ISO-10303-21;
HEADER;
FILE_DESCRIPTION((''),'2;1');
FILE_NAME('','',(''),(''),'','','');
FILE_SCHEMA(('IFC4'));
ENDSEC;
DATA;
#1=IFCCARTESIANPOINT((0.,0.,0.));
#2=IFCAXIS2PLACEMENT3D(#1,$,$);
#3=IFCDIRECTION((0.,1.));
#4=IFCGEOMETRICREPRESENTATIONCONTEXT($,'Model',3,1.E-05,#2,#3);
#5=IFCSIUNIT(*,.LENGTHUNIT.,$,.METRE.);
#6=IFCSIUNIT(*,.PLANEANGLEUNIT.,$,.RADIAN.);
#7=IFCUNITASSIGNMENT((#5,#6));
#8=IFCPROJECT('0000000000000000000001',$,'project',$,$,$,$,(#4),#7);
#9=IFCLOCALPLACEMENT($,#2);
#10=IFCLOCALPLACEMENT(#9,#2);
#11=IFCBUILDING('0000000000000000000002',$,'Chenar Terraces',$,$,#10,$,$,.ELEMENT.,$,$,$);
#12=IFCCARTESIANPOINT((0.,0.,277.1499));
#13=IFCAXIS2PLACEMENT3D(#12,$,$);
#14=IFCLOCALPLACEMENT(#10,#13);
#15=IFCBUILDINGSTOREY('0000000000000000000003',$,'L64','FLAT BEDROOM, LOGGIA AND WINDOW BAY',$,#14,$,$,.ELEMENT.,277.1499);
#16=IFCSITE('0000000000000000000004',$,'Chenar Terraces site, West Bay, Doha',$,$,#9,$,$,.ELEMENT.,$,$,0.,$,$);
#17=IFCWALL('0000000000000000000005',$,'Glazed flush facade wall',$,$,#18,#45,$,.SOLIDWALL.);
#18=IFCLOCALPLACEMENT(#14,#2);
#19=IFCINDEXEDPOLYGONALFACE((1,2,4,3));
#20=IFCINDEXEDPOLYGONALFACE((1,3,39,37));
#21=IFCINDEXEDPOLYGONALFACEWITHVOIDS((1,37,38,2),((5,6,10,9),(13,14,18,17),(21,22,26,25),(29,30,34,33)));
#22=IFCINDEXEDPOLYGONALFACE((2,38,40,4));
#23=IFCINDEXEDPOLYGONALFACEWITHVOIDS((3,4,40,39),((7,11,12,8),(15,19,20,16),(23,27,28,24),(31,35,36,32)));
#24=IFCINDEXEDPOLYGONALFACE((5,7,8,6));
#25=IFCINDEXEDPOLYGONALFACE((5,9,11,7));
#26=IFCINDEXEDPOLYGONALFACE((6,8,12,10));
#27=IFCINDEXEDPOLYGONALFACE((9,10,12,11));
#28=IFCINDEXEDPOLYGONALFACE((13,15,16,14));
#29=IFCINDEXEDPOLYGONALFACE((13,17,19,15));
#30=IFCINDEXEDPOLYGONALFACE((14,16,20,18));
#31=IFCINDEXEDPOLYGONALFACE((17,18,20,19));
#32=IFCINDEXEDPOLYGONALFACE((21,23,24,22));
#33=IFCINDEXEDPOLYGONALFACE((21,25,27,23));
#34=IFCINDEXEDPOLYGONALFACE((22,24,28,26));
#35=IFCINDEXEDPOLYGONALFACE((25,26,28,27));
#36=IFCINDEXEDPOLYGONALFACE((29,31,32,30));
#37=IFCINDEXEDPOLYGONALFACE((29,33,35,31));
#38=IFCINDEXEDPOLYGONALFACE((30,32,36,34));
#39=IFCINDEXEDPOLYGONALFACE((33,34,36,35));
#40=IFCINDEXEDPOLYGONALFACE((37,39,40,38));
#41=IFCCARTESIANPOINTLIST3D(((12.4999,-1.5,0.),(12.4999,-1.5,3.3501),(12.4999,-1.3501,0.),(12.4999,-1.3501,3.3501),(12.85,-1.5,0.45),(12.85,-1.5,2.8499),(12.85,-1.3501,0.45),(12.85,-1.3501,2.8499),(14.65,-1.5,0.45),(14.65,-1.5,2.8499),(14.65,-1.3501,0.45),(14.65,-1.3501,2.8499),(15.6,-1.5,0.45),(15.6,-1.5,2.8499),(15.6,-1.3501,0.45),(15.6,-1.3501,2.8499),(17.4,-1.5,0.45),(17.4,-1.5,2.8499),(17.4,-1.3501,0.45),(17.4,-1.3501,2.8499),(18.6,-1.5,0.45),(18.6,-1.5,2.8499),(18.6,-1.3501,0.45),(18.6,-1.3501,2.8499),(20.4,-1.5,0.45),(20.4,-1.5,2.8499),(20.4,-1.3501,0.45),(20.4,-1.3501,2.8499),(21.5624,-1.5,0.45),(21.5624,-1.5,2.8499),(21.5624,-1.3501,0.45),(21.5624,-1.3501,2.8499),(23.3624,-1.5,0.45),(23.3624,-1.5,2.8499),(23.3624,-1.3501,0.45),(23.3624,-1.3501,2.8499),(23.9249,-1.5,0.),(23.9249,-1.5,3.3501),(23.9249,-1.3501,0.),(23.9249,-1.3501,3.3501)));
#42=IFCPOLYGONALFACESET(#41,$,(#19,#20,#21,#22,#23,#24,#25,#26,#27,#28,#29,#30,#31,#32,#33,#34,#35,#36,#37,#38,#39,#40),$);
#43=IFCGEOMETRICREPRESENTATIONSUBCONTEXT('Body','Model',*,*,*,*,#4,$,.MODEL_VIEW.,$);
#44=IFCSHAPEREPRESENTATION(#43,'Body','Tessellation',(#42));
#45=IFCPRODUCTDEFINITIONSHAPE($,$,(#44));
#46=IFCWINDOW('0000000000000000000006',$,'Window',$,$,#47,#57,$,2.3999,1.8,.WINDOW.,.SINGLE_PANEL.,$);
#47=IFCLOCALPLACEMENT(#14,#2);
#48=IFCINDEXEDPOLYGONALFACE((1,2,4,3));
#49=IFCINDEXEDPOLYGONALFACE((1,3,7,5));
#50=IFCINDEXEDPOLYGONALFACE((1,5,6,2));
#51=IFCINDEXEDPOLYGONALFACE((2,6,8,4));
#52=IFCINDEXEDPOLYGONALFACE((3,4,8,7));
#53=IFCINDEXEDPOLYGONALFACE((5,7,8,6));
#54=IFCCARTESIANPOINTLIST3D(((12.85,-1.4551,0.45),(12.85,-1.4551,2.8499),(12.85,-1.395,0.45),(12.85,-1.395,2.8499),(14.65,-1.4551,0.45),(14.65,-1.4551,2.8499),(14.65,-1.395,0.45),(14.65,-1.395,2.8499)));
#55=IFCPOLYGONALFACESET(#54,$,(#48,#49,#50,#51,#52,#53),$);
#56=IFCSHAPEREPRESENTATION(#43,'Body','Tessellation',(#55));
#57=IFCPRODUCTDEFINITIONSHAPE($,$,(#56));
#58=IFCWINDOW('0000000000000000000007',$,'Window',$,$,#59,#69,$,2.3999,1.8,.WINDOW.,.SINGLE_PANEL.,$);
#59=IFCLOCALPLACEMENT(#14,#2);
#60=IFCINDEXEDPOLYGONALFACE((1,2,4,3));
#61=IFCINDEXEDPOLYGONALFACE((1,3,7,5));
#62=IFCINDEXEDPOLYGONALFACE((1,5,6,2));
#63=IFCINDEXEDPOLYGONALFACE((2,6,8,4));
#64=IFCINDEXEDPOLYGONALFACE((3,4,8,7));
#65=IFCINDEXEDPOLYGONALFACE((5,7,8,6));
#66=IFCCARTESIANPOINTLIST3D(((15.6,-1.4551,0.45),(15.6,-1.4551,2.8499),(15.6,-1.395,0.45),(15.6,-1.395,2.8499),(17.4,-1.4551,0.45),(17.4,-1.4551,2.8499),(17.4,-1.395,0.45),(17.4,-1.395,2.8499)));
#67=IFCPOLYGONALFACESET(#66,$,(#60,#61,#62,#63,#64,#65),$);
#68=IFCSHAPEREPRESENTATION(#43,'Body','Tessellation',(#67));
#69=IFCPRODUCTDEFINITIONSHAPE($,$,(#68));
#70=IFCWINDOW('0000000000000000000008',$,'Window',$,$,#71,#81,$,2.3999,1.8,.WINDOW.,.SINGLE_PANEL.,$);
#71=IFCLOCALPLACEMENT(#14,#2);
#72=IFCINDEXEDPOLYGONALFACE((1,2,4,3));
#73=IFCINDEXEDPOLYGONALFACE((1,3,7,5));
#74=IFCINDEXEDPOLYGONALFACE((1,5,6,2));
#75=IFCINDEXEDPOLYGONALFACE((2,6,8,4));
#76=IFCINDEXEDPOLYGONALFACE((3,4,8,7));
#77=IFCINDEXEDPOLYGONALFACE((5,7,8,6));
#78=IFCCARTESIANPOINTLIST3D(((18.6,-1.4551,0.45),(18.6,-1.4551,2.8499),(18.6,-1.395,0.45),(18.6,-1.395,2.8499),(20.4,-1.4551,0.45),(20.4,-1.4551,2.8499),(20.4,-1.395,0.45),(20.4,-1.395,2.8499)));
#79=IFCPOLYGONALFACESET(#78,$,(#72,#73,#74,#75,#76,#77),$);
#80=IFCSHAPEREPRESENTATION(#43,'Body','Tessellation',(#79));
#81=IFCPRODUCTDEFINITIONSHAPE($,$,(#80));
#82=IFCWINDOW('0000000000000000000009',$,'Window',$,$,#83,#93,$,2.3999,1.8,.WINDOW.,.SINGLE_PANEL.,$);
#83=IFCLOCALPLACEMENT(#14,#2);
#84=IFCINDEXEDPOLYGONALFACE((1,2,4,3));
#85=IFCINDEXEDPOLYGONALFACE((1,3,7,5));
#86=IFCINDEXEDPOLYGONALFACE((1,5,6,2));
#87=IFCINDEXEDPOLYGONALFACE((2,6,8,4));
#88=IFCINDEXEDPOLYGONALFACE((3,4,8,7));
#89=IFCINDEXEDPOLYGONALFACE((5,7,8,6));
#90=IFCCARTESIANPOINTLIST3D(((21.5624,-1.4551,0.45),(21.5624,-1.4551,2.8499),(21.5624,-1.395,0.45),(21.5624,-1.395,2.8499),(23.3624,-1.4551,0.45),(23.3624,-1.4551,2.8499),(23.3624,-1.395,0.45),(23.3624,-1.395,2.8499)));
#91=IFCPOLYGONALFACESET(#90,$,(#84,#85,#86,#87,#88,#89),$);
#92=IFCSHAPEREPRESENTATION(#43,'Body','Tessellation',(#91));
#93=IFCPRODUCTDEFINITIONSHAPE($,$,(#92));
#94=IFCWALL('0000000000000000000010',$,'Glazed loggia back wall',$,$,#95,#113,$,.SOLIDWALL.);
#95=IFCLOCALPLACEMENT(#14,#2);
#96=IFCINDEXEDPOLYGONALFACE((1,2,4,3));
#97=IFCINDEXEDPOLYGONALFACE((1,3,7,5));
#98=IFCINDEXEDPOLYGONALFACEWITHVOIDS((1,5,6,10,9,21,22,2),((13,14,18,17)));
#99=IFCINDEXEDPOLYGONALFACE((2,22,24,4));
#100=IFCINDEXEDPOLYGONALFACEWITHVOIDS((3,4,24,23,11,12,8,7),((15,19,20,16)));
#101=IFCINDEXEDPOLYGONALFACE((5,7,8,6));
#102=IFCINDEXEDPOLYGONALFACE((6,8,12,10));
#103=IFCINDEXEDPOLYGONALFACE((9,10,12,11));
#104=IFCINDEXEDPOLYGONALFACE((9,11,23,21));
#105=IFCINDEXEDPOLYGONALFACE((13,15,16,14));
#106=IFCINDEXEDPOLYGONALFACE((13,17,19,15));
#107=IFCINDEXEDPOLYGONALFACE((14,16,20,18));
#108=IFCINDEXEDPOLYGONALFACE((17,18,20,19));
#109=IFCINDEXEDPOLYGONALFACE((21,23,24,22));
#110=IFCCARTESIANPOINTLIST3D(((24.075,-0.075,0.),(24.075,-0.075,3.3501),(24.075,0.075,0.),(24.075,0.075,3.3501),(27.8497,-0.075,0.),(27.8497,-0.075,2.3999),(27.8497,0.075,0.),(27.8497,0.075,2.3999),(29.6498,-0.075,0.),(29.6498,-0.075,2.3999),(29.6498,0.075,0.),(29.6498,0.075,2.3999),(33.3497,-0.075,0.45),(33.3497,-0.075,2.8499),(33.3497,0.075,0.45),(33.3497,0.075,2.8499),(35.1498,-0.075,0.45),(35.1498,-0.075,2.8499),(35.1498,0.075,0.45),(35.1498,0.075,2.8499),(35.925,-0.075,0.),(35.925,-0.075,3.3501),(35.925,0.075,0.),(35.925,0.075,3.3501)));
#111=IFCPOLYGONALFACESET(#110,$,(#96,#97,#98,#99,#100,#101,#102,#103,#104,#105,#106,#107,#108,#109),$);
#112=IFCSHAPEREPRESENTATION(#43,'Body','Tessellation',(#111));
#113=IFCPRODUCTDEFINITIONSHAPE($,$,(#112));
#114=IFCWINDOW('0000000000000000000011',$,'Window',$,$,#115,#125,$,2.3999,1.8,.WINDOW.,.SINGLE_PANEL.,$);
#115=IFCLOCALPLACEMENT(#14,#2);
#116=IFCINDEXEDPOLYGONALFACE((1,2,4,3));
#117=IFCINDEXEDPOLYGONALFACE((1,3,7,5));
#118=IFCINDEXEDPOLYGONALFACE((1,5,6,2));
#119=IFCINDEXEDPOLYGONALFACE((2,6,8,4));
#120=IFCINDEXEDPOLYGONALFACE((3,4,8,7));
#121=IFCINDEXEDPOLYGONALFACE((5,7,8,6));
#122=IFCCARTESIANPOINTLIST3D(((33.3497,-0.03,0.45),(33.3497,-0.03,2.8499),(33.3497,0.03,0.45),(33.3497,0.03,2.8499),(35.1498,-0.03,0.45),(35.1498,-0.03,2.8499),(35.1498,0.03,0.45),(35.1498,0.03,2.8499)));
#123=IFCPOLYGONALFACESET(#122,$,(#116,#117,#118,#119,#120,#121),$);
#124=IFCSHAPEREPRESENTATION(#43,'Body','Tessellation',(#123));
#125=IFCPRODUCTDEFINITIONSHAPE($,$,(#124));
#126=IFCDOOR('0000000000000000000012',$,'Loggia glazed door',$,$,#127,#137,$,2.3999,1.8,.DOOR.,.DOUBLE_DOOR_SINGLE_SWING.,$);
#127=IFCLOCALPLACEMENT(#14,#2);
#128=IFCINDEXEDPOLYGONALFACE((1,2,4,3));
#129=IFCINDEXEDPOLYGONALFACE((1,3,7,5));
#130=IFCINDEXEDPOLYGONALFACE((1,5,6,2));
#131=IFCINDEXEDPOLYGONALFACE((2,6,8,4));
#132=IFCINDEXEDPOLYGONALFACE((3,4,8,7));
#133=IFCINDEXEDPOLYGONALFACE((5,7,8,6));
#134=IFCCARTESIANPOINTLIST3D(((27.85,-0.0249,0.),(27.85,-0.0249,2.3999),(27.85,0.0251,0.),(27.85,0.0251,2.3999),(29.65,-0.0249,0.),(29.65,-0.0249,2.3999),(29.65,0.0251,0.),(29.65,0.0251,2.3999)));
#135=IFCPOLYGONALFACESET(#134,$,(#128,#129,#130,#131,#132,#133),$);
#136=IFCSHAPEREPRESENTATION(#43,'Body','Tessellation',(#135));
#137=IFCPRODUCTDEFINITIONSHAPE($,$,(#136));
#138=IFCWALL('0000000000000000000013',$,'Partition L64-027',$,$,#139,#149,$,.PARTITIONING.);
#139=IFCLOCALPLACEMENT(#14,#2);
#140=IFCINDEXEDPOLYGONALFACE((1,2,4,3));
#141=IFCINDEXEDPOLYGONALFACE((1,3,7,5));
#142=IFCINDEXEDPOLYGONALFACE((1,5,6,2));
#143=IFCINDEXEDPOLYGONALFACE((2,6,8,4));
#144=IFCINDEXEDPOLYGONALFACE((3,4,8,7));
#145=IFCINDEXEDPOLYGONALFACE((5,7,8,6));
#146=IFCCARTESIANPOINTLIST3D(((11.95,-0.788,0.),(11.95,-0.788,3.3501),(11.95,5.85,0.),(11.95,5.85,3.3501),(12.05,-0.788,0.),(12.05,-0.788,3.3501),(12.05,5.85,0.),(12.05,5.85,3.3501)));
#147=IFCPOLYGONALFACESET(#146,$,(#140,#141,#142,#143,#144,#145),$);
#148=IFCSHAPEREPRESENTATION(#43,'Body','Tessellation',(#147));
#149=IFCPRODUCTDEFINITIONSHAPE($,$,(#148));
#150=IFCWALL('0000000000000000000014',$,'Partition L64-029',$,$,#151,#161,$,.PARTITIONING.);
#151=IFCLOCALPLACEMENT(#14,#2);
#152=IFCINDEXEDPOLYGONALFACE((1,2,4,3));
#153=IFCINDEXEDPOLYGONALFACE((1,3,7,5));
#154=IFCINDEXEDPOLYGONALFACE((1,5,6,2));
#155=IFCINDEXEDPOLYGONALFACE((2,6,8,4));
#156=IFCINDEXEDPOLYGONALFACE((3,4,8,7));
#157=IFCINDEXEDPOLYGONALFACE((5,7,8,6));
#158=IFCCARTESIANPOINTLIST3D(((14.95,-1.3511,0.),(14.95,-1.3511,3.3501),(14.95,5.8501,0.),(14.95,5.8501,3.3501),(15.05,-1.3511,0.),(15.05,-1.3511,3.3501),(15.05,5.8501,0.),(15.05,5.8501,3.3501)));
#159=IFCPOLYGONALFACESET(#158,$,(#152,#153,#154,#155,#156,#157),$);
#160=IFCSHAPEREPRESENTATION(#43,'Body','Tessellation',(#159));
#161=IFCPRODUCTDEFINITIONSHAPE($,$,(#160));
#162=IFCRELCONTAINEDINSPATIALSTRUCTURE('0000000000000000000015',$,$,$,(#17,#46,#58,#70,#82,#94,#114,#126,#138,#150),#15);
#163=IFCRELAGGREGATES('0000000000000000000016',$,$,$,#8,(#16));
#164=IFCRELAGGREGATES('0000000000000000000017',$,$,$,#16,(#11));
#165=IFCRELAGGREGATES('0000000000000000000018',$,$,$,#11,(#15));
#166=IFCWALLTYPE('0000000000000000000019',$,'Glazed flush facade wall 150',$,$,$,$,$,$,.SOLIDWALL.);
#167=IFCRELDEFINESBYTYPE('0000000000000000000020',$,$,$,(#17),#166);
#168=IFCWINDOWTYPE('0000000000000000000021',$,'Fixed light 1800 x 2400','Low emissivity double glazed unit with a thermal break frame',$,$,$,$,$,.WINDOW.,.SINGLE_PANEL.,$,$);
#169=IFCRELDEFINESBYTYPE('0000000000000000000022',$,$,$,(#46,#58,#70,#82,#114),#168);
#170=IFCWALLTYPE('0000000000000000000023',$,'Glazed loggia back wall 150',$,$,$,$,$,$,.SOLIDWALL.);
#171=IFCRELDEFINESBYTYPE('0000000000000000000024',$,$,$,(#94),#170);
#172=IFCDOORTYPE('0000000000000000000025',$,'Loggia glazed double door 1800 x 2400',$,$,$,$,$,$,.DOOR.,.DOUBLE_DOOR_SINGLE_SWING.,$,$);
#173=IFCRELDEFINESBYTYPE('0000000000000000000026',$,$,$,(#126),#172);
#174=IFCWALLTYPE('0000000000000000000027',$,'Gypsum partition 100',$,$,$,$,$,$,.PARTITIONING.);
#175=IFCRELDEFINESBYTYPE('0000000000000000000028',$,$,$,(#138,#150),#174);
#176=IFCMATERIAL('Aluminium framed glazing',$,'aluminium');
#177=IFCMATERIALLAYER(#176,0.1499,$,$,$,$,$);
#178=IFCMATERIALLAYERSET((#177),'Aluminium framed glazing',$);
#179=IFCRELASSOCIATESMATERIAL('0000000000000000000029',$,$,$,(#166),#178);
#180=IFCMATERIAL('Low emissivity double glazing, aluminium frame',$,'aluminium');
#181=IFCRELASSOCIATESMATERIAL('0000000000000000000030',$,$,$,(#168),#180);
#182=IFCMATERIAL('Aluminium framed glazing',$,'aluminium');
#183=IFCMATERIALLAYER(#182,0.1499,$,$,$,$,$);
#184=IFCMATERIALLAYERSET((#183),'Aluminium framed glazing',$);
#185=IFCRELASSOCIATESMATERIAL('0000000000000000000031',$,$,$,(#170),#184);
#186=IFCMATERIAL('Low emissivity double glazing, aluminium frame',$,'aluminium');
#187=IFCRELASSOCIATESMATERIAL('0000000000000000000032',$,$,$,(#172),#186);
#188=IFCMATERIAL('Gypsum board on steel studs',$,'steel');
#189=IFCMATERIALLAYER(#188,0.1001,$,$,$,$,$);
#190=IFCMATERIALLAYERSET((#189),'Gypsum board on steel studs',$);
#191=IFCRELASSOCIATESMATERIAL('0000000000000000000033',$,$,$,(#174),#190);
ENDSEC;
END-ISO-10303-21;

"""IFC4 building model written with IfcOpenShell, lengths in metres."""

from ifc_helpers import new_model, si_unit, direction, frame, frame_2d, origin, place, context, subcontext, project, spatial, rectangle, extrude, material, layer, layer_set, type_object, element, fill, save


model = new_model("IFC4")

# Units and contexts
model_context = context("Model", 3, precision=1e-05, world=origin(), true_north=direction((0.0, 1.0)))
body_context = subcontext(model_context, "Body", "Model", "MODEL_VIEW")
ifc_project = project(units=[si_unit("LENGTHUNIT", "METRE"), si_unit("PLANEANGLEUNIT", "RADIAN")], contexts=[model_context])

# Site, building, storey
site_placement = place(None, origin())
site = spatial("IfcSite", under=ifc_project, at=site_placement, Name="Chenar Terraces site, West Bay, Doha", CompositionType="ELEMENT", RefElevation=0.0)
building_placement = place(site_placement, origin())
building = spatial("IfcBuilding", under=site, at=building_placement, Name="Chenar Terraces", CompositionType="ELEMENT")
storey_placement = place(building_placement, frame((0.0, 0.0, 277.1499)))
storey = spatial("IfcBuildingStorey", under=building, at=storey_placement, Name="L64", Description="FLAT BEDROOM, LOGGIA AND WINDOW BAY", CompositionType="ELEMENT", Elevation=277.1499)

# Wall, openings, windows
ifc_material_1 = material(Name="Aluminium framed glazing", Category="aluminium")
ifc_layer_1 = layer(ifc_material_1, 0.1499)
ifc_layer_set_1 = layer_set([ifc_layer_1], Name="Aluminium framed glazing")
wall_type_1 = type_object("IfcWallType", Name="Glazed flush facade wall 150", PredefinedType="SOLIDWALL", material=ifc_layer_set_1)
wall_1_placement = place(storey_placement, frame((12.5, -1.425, 0.0), z_axis=(0.0, 0.0, 1.0), x_axis=(1.0, 0.0, 0.0)))
wall_1 = element("IfcWall", 1, at=wall_1_placement, inside=storey, type_object=wall_type_1, Name="Glazed flush facade wall", PredefinedType="SOLIDWALL", context=body_context, shape_type="SweptSolid", body=[
    extrude(rectangle(XDim=11.425, YDim=0.1499, at=frame_2d((5.7124, 0.0))), origin(), (0.0, 0.0, 1.0), 3.3501),
])
opening_1_placement = place(wall_1_placement, frame((0.3501, 0.0, 0.45)))
opening_1 = element("IfcOpeningElement", 2, at=opening_1_placement, cuts=wall_1, PredefinedType="OPENING", context=body_context, shape_type="SweptSolid", body=[
    extrude(rectangle(XDim=1.8, YDim=2.3999, at=frame_2d((0.8999, 1.2))), frame((0.0, 0.085, 0.0), z_axis=(0.0, -1.0, 0.0), x_axis=(1.0, 0.0, 0.0)), (0.0, 0.0, 1.0), 0.1699),
])
opening_2_placement = place(wall_1_placement, frame((3.1001, 0.0, 0.45)))
opening_2 = element("IfcOpeningElement", 3, at=opening_2_placement, cuts=wall_1, PredefinedType="OPENING", context=body_context, shape_type="SweptSolid", body=[
    extrude(rectangle(XDim=1.8, YDim=2.3999, at=frame_2d((0.8999, 1.2))), frame((0.0, 0.085, 0.0), z_axis=(0.0, -1.0, 0.0), x_axis=(1.0, 0.0, 0.0)), (0.0, 0.0, 1.0), 0.1699),
])
opening_3_placement = place(wall_1_placement, frame((6.1001, 0.0, 0.45)))
opening_3 = element("IfcOpeningElement", 4, at=opening_3_placement, cuts=wall_1, PredefinedType="OPENING", context=body_context, shape_type="SweptSolid", body=[
    extrude(rectangle(XDim=1.8, YDim=2.3999, at=frame_2d((0.8999, 1.2))), frame((0.0, 0.085, 0.0), z_axis=(0.0, -1.0, 0.0), x_axis=(1.0, 0.0, 0.0)), (0.0, 0.0, 1.0), 0.1699),
])
opening_4_placement = place(wall_1_placement, frame((9.0625, 0.0, 0.45)))
opening_4 = element("IfcOpeningElement", 5, at=opening_4_placement, cuts=wall_1, PredefinedType="OPENING", context=body_context, shape_type="SweptSolid", body=[
    extrude(rectangle(XDim=1.8, YDim=2.3999, at=frame_2d((0.8999, 1.2))), frame((0.0, 0.085, 0.0), z_axis=(0.0, -1.0, 0.0), x_axis=(1.0, 0.0, 0.0)), (0.0, 0.0, 1.0), 0.1699),
])
ifc_material_2 = material(Name="Low emissivity double glazing, aluminium frame", Category="aluminium")
window_type = type_object("IfcWindowType", Name="Fixed light 1800 x 2400", Description="Low emissivity double glazed unit with a thermal break frame", PartitioningType="SINGLE_PANEL", PredefinedType="WINDOW", material=ifc_material_2)
window_1_placement = place(opening_1_placement, origin())
window_1 = element("IfcWindow", 6, at=window_1_placement, inside=storey, type_object=window_type, Name="Window", OverallHeight=2.3999, OverallWidth=1.8, PartitioningType="SINGLE_PANEL", PredefinedType="WINDOW", context=body_context, shape_type="SweptSolid", body=[
    extrude(rectangle(XDim=1.8, YDim=2.3999, at=frame_2d((0.8999, 1.2))), frame((0.0, 0.03, 0.0), z_axis=(0.0, -1.0, 0.0), x_axis=(1.0, 0.0, 0.0)), (0.0, 0.0, 1.0), 0.0601),
])
fill(opening_1, window_1)
window_2_placement = place(opening_2_placement, origin())
window_2 = element("IfcWindow", 7, at=window_2_placement, inside=storey, type_object=window_type, Name="Window", OverallHeight=2.3999, OverallWidth=1.8, PartitioningType="SINGLE_PANEL", PredefinedType="WINDOW", context=body_context, shape_type="SweptSolid", body=[
    extrude(rectangle(XDim=1.8, YDim=2.3999, at=frame_2d((0.8999, 1.2))), frame((0.0, 0.03, 0.0), z_axis=(0.0, -1.0, 0.0), x_axis=(1.0, 0.0, 0.0)), (0.0, 0.0, 1.0), 0.0601),
])
fill(opening_2, window_2)
window_3_placement = place(opening_3_placement, origin())
window_3 = element("IfcWindow", 8, at=window_3_placement, inside=storey, type_object=window_type, Name="Window", OverallHeight=2.3999, OverallWidth=1.8, PartitioningType="SINGLE_PANEL", PredefinedType="WINDOW", context=body_context, shape_type="SweptSolid", body=[
    extrude(rectangle(XDim=1.8, YDim=2.3999, at=frame_2d((0.8999, 1.2))), frame((0.0, 0.03, 0.0), z_axis=(0.0, -1.0, 0.0), x_axis=(1.0, 0.0, 0.0)), (0.0, 0.0, 1.0), 0.0601),
])
fill(opening_3, window_3)
window_4_placement = place(opening_4_placement, origin())
window_4 = element("IfcWindow", 9, at=window_4_placement, inside=storey, type_object=window_type, Name="Window", OverallHeight=2.3999, OverallWidth=1.8, PartitioningType="SINGLE_PANEL", PredefinedType="WINDOW", context=body_context, shape_type="SweptSolid", body=[
    extrude(rectangle(XDim=1.8, YDim=2.3999, at=frame_2d((0.8999, 1.2))), frame((0.0, 0.03, 0.0), z_axis=(0.0, -1.0, 0.0), x_axis=(1.0, 0.0, 0.0)), (0.0, 0.0, 1.0), 0.0601),
])
fill(opening_4, window_4)

# Wall, openings, window, door
ifc_material_3 = material(Name="Aluminium framed glazing", Category="aluminium")
ifc_layer_2 = layer(ifc_material_3, 0.1499)
ifc_layer_set_2 = layer_set([ifc_layer_2], Name="Aluminium framed glazing")
wall_type_2 = type_object("IfcWallType", Name="Glazed loggia back wall 150", PredefinedType="SOLIDWALL", material=ifc_layer_set_2)
wall_2_placement = place(storey_placement, frame((24.075, 0.0, 0.0), z_axis=(0.0, 0.0, 1.0), x_axis=(1.0, 0.0, 0.0)))
wall_2 = element("IfcWall", 10, at=wall_2_placement, inside=storey, type_object=wall_type_2, Name="Glazed loggia back wall", PredefinedType="SOLIDWALL", context=body_context, shape_type="SweptSolid", body=[
    extrude(rectangle(XDim=11.8501, YDim=0.1499, at=frame_2d((5.925, 0.0))), origin(), (0.0, 0.0, 1.0), 3.3501),
])
opening_5_placement = place(wall_2_placement, frame((3.7749, 0.0, 0.0)))
opening_5 = element("IfcOpeningElement", 11, at=opening_5_placement, cuts=wall_2, PredefinedType="OPENING", context=body_context, shape_type="SweptSolid", body=[
    extrude(rectangle(XDim=1.8, YDim=2.3999, at=frame_2d((0.8999, 1.2))), frame((0.0, 0.085, 0.0), z_axis=(0.0, -1.0, 0.0), x_axis=(1.0, 0.0, 0.0)), (0.0, 0.0, 1.0), 0.1699),
])
opening_6_placement = place(wall_2_placement, frame((9.2749, 0.0, 0.45)))
opening_6 = element("IfcOpeningElement", 12, at=opening_6_placement, cuts=wall_2, PredefinedType="OPENING", context=body_context, shape_type="SweptSolid", body=[
    extrude(rectangle(XDim=1.8, YDim=2.3999, at=frame_2d((0.8999, 1.2))), frame((0.0, 0.085, 0.0), z_axis=(0.0, -1.0, 0.0), x_axis=(1.0, 0.0, 0.0)), (0.0, 0.0, 1.0), 0.1699),
])
window_5_placement = place(opening_6_placement, origin())
window_5 = element("IfcWindow", 13, at=window_5_placement, inside=storey, type_object=window_type, Name="Window", OverallHeight=2.3999, OverallWidth=1.8, PartitioningType="SINGLE_PANEL", PredefinedType="WINDOW", context=body_context, shape_type="SweptSolid", body=[
    extrude(rectangle(XDim=1.8, YDim=2.3999, at=frame_2d((0.8999, 1.2))), frame((0.0, 0.03, 0.0), z_axis=(0.0, -1.0, 0.0), x_axis=(1.0, 0.0, 0.0)), (0.0, 0.0, 1.0), 0.0601),
])
fill(opening_6, window_5)
ifc_material_4 = material(Name="Low emissivity double glazing, aluminium frame", Category="aluminium")
door_type_1 = type_object("IfcDoorType", Name="Loggia glazed double door 1800 x 2400", OperationType="DOUBLE_DOOR_SINGLE_SWING", PredefinedType="DOOR", material=ifc_material_4)
door_1_placement = place(opening_5_placement, frame((1.8, 0.0, 0.0), z_axis=(0.0, 0.0, 1.0), x_axis=(-1.0, 0.0, 0.0)))
door_1 = element("IfcDoor", 14, at=door_1_placement, inside=storey, type_object=door_type_1, Name="Loggia glazed door", OperationType="DOUBLE_DOOR_SINGLE_SWING", OverallHeight=2.3999, OverallWidth=1.8, PredefinedType="DOOR", context=body_context, shape_type="SweptSolid", body=[
    extrude(rectangle(XDim=1.8, YDim=2.3999, at=frame_2d((0.8999, 1.2))), frame((0.0, 0.0249, 0.0), z_axis=(0.0, -1.0, 0.0), x_axis=(1.0, 0.0, 0.0)), (0.0, 0.0, 1.0), 0.05),
])
fill(opening_5, door_1)

# Walls
ifc_material_5 = material(Name="Gypsum board on steel studs", Category="steel")
ifc_layer_3 = layer(ifc_material_5, 0.1001)
ifc_layer_set_3 = layer_set([ifc_layer_3], Name="Gypsum board on steel studs")
wall_type_3 = type_object("IfcWallType", Name="Gypsum partition 100", PredefinedType="PARTITIONING", material=ifc_layer_set_3)
wall_3_placement = place(storey_placement, frame((12.0, -0.7878, 0.0), z_axis=(0.0, 0.0, 1.0), x_axis=(0.0, 1.0, 0.0)))
element("IfcWall", 15, at=wall_3_placement, inside=storey, type_object=wall_type_3, Name="Partition L64-027", PredefinedType="PARTITIONING", context=body_context, shape_type="SweptSolid", body=[
    extrude(rectangle(XDim=6.6379, YDim=0.1001, at=frame_2d((3.3188, 0.0))), origin(), (0.0, 0.0, 1.0), 3.3501),
])
for number, where, z_axis, x_axis, name in (
    (16, (15.0, -1.3511, 0.0), (0.0, 0.0, 1.0), (0.0, 1.0, 0.0), "Partition L64-029"),
):
    element("IfcWall", number, at=place(storey_placement, frame(where, z_axis=z_axis, x_axis=x_axis)), inside=storey, type_object=wall_type_3, Name=name, PredefinedType="PARTITIONING", context=body_context, shape_type="SweptSolid", body=[
        extrude(rectangle(XDim=7.2012, YDim=0.1001, at=frame_2d((3.6006, 0.0))), origin(), (0.0, 0.0, 1.0), 3.3501),
    ])

save(model, "model.ifc")
